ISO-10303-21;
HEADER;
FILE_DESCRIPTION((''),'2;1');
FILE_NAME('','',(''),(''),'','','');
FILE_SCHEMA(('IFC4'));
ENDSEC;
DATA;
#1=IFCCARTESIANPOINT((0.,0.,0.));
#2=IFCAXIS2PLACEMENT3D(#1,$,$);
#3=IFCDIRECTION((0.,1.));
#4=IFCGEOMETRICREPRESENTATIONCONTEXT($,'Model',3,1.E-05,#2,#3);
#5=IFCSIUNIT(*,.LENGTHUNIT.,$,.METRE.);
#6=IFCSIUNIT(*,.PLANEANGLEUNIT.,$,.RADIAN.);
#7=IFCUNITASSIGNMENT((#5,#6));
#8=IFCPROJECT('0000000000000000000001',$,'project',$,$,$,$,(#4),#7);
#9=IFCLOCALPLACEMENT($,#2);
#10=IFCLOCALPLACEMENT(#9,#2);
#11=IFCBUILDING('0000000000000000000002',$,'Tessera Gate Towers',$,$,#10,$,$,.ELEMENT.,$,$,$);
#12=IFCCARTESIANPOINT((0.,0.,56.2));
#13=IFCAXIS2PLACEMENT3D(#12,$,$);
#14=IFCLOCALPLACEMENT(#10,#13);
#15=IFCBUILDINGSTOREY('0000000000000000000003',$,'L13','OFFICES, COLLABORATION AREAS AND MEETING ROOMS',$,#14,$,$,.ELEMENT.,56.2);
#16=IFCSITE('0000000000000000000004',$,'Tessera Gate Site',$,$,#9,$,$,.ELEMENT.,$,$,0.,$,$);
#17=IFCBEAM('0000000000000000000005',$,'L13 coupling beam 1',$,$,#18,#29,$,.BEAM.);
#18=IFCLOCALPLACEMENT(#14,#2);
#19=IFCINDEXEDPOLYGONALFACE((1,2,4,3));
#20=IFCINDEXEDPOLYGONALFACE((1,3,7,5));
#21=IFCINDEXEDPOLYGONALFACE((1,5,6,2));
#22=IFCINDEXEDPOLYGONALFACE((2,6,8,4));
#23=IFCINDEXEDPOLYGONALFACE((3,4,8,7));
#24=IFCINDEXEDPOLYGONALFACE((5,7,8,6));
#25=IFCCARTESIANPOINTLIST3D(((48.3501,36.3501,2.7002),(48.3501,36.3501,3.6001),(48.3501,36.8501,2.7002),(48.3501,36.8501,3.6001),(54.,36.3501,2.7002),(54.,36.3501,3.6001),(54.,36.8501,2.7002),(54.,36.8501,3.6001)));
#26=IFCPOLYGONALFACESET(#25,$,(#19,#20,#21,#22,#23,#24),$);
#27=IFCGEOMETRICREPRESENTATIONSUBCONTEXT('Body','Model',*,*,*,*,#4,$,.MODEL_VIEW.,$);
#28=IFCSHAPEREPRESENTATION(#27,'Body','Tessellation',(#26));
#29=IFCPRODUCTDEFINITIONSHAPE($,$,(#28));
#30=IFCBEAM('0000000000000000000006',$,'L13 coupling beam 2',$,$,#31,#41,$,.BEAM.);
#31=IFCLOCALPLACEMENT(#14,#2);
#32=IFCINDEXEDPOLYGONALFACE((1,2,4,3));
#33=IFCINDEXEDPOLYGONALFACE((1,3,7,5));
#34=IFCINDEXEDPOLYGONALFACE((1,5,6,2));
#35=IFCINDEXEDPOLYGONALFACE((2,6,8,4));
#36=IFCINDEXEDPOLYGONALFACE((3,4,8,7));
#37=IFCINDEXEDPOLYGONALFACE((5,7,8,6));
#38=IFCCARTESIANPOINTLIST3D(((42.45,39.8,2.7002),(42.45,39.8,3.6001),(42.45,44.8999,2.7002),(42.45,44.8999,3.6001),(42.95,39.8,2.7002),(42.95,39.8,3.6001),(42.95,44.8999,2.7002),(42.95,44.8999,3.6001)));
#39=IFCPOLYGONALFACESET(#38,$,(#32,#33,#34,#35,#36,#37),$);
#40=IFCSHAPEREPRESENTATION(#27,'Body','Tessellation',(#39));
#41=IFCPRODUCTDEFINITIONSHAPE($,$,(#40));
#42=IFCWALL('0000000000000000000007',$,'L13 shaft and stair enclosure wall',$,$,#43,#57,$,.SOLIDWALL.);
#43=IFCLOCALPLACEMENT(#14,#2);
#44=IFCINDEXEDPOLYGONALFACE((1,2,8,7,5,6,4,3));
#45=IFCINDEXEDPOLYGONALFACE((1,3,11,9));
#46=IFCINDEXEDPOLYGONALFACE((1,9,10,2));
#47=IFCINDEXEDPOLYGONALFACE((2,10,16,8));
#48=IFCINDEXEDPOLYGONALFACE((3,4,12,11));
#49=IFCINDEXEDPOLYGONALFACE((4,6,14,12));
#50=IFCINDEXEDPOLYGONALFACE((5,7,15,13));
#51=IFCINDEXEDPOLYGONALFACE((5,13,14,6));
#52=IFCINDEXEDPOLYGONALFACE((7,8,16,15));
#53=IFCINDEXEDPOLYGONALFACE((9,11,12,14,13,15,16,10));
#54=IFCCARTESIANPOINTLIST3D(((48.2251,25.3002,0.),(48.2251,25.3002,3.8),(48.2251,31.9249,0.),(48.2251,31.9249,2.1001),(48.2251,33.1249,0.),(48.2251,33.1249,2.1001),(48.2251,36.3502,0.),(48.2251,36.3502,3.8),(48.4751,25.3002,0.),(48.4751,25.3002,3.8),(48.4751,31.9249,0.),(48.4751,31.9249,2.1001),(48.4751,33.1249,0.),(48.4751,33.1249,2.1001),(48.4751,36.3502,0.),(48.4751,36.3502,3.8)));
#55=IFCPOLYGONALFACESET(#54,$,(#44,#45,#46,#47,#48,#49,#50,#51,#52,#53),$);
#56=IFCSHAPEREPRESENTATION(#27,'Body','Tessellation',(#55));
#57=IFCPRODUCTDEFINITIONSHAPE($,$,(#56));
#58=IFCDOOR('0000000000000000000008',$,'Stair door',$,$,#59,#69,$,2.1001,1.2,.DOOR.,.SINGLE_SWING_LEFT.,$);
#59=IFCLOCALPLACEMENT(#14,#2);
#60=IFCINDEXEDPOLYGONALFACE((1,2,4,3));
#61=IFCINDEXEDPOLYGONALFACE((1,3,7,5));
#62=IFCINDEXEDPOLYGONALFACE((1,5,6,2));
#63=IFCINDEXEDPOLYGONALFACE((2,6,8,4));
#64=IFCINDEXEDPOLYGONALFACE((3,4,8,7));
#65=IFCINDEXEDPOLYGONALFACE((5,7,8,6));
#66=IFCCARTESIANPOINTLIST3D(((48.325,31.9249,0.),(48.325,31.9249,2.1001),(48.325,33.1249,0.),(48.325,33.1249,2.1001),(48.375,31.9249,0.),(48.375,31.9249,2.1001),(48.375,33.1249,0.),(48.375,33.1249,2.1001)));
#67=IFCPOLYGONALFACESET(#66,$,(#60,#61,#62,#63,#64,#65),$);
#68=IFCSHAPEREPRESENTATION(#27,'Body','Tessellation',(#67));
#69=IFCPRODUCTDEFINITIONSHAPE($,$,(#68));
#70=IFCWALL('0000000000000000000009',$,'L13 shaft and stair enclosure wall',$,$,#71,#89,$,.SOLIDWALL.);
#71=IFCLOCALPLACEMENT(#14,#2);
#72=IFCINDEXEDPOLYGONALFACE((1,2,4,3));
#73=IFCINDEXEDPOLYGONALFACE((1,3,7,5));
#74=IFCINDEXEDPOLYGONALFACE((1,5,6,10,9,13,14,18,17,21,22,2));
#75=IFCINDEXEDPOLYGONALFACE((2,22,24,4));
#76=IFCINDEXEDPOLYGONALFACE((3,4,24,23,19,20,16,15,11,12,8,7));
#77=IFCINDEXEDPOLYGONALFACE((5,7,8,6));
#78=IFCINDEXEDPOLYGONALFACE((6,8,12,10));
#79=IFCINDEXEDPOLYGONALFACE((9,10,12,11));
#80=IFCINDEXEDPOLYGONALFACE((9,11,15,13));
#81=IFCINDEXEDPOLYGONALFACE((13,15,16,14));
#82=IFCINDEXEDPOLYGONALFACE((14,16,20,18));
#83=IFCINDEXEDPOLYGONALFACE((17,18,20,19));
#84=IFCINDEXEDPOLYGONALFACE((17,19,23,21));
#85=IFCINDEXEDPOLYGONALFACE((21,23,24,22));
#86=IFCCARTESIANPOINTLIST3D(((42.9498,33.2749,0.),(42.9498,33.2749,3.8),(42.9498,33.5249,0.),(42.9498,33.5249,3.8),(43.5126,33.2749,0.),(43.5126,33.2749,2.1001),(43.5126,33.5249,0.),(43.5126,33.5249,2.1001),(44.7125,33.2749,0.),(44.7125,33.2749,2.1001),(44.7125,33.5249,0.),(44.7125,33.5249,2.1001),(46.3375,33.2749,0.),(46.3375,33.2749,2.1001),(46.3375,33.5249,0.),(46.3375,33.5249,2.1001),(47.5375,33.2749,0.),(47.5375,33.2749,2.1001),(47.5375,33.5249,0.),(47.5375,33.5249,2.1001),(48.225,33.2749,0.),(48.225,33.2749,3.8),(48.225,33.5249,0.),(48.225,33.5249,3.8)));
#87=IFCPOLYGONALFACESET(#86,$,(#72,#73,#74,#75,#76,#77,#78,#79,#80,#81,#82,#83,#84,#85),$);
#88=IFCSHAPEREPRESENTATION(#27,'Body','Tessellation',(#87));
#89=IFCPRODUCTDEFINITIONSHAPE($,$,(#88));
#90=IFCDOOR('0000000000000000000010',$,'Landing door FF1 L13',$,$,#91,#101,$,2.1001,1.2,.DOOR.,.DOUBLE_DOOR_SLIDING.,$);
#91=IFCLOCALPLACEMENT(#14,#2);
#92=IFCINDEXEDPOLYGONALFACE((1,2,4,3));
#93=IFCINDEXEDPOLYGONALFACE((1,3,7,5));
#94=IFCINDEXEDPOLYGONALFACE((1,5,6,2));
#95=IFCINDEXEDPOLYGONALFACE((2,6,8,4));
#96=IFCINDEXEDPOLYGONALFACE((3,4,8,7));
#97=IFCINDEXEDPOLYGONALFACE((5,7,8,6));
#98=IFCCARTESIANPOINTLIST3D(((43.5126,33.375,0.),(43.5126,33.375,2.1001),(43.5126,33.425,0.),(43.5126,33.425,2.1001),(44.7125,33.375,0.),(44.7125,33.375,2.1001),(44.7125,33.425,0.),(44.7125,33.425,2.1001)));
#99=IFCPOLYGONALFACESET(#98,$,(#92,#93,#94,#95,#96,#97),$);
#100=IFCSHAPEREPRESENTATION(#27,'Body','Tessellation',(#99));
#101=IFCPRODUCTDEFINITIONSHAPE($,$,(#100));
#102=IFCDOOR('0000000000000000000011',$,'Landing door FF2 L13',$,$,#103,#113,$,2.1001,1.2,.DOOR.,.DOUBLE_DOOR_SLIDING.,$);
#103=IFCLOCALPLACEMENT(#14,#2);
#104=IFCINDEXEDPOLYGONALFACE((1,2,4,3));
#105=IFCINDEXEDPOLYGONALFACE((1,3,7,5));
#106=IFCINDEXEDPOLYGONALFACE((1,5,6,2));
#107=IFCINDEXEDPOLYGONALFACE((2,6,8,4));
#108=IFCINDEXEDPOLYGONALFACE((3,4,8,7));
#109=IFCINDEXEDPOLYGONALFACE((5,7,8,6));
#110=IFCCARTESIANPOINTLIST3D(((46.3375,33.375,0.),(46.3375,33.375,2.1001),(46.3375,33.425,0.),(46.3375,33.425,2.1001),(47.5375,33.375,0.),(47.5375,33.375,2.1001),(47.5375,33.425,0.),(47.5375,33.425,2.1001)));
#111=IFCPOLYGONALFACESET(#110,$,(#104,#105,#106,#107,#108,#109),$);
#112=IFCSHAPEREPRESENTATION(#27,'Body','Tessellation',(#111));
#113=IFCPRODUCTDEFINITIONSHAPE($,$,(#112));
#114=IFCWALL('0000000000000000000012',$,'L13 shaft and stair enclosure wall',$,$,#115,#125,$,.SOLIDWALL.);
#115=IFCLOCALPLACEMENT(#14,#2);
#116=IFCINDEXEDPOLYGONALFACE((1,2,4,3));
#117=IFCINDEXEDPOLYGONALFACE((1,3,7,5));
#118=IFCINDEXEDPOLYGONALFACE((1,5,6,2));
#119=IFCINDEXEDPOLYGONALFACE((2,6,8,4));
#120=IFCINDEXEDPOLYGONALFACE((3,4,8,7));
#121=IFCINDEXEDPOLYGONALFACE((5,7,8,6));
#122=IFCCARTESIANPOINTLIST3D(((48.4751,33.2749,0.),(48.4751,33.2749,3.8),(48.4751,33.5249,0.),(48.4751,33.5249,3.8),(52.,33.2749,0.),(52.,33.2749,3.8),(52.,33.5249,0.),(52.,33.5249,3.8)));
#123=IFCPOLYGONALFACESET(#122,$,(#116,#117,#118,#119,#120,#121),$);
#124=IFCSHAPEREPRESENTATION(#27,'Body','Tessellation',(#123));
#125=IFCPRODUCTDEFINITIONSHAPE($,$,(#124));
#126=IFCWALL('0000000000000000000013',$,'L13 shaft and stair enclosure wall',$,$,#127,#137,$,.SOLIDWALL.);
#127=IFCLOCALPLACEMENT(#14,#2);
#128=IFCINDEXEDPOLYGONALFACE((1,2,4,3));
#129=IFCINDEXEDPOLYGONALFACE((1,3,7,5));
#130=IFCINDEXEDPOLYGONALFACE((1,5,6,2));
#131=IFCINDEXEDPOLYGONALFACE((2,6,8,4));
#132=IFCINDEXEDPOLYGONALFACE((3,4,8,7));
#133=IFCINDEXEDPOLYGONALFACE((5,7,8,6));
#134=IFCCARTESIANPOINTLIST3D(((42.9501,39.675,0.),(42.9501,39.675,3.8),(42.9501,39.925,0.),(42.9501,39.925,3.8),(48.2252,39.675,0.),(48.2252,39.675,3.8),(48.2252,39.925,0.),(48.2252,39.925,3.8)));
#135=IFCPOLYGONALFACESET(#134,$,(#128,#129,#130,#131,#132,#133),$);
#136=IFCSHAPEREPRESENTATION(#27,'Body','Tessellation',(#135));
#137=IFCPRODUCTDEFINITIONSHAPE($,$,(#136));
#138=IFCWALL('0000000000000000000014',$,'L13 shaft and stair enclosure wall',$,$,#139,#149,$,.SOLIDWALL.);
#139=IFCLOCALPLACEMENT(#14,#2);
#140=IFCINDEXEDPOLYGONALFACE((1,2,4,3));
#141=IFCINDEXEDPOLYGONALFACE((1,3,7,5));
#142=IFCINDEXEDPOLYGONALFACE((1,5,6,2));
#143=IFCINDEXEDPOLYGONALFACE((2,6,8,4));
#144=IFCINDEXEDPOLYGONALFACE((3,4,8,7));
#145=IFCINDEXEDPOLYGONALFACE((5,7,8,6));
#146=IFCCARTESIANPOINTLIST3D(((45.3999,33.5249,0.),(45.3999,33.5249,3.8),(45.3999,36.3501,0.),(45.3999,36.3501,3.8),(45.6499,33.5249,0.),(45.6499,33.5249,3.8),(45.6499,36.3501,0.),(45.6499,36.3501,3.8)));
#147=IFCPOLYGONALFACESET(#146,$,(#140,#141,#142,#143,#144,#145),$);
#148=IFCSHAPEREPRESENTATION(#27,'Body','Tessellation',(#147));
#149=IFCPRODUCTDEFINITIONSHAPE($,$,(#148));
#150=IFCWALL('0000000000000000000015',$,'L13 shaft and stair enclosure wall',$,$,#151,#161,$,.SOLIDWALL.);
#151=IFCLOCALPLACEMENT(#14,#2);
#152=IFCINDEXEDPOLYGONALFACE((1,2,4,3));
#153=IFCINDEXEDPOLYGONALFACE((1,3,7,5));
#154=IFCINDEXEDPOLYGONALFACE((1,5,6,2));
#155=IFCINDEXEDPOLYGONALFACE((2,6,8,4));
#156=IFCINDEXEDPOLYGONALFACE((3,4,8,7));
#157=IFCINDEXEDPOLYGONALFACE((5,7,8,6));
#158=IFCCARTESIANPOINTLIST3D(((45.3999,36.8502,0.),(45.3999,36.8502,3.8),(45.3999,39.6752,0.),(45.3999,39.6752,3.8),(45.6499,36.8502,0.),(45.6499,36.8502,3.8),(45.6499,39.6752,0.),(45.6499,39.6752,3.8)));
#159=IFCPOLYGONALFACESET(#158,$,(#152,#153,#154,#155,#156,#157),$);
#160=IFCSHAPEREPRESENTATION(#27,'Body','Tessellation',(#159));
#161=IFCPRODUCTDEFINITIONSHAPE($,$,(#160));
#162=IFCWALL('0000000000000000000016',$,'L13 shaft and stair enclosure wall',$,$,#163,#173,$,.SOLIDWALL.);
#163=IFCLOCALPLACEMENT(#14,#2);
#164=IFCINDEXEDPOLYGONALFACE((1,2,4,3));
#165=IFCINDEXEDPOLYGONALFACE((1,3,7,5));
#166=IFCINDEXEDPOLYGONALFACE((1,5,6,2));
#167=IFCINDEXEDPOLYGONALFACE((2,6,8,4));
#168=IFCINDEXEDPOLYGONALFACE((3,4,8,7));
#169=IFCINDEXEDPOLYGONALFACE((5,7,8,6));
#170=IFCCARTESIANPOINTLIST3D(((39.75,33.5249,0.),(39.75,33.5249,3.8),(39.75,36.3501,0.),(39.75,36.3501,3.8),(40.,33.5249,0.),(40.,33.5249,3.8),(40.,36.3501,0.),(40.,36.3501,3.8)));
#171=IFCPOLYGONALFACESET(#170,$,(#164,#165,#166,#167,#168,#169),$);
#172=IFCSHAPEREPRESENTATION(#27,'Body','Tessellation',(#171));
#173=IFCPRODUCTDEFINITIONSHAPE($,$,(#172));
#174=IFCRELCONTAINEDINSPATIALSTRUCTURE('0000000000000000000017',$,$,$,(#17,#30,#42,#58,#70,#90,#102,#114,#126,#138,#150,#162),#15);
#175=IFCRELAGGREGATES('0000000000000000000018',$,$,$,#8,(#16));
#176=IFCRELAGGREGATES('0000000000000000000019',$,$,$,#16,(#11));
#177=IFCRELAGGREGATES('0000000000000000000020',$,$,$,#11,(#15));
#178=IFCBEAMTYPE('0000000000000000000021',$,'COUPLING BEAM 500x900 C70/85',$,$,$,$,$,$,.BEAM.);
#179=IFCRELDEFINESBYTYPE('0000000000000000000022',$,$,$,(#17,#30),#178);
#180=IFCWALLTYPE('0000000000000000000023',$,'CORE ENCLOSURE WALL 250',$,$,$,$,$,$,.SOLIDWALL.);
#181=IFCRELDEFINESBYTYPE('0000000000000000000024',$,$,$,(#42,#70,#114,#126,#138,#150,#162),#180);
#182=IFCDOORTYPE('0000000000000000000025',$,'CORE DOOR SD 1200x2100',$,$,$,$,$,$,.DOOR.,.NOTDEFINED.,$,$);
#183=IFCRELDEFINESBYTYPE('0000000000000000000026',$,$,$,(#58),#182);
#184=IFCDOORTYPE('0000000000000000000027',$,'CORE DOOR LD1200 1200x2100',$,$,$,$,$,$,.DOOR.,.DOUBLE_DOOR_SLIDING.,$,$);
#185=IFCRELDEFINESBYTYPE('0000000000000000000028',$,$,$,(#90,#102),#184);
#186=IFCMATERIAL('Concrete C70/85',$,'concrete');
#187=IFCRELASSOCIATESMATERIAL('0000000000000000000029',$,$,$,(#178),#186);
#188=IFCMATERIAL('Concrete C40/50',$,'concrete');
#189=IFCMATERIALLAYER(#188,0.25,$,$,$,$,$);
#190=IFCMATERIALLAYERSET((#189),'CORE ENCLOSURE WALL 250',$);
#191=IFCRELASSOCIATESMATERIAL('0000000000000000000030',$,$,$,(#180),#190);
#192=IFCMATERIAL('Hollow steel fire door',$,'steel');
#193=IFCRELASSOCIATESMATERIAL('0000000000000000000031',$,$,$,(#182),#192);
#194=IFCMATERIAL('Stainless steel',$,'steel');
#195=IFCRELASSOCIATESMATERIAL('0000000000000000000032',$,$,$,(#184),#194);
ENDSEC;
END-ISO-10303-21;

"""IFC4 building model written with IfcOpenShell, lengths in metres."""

from ifc_helpers import new_model, si_unit, direction, frame, frame_2d, origin, origin_2d, place, context, subcontext, project, spatial, rectangle, extrude, source, transform, mapped, material, layer, layer_set, material_profile, profile_set, type_object, element, fill, save


model = new_model("IFC4")

# Units and contexts
model_context = context("Model", 3, precision=1e-05, world=origin(), true_north=direction((0.0, 1.0)))
body_context = subcontext(model_context, "Body", "Model", "MODEL_VIEW")
ifc_project = project(units=[si_unit("LENGTHUNIT", "METRE"), si_unit("PLANEANGLEUNIT", "RADIAN")], contexts=[model_context])

# Site, building, storey
site_placement = place(None, origin())
site = spatial("IfcSite", under=ifc_project, at=site_placement, Name="Tessera Gate Site", CompositionType="ELEMENT", RefElevation=0.0)
building_placement = place(site_placement, origin())
building = spatial("IfcBuilding", under=site, at=building_placement, Name="Tessera Gate Towers", CompositionType="ELEMENT")
storey_placement = place(building_placement, frame((0.0, 0.0, 56.2)))
storey = spatial("IfcBuildingStorey", under=building, at=storey_placement, Name="L13", Description="OFFICES, COLLABORATION AREAS AND MEETING ROOMS", CompositionType="ELEMENT", Elevation=56.2)

# Beams
ifc_material_1 = material(Name="Concrete C70/85", Category="concrete")
ifc_material_profile = material_profile(ifc_material_1, rectangle(XDim=0.5, YDim=0.8999, at=origin_2d()), Name="RC 500x900")
ifc_profile_set = profile_set([ifc_material_profile], Name="Concrete C70/85")
beam_type = type_object("IfcBeamType", Name="COUPLING BEAM 500x900 C70/85", PredefinedType="BEAM", material=ifc_profile_set)
beam_1_placement = place(storey_placement, frame((48.3501, 36.6001, 3.1501), z_axis=(1.0, 0.0, 0.0), x_axis=(0.0, 1.0, 0.0)))
element("IfcBeam", 1, at=beam_1_placement, inside=storey, type_object=beam_type, Name="L13 coupling beam 1", PredefinedType="BEAM", context=body_context, shape_type="SweptSolid", body=[
    extrude(rectangle(XDim=0.5, YDim=0.8999, at=origin_2d()), origin(), (0.0, 0.0, 1.0), 5.6499),
])
beam_2_placement = place(storey_placement, frame((42.7, 39.8, 3.1501), z_axis=(0.0, 1.0, 0.0), x_axis=(-1.0, 0.0, 0.0)))
element("IfcBeam", 2, at=beam_2_placement, inside=storey, type_object=beam_type, Name="L13 coupling beam 2", PredefinedType="BEAM", context=body_context, shape_type="SweptSolid", body=[
    extrude(rectangle(XDim=0.5, YDim=0.8999, at=origin_2d()), origin(), (0.0, 0.0, 1.0), 5.0999),
])

# Wall, opening, door
ifc_material_2 = material(Name="Concrete C40/50", Category="concrete")
ifc_layer_1 = layer(ifc_material_2, 0.25)
ifc_layer_set_1 = layer_set([ifc_layer_1], Name="CORE ENCLOSURE WALL 250")
wall_type_1 = type_object("IfcWallType", Name="CORE ENCLOSURE WALL 250", PredefinedType="SOLIDWALL", material=ifc_layer_set_1)
wall_1_placement = place(storey_placement, frame((48.3501, 36.3501, 0.0), z_axis=(0.0, 0.0, 1.0), x_axis=(0.0, -1.0, 0.0)))
wall_1 = element("IfcWall", 3, at=wall_1_placement, inside=storey, type_object=wall_type_1, Name="L13 shaft and stair enclosure wall", PredefinedType="SOLIDWALL", context=body_context, shape_type="SweptSolid", body=[
    extrude(rectangle(XDim=11.05, YDim=0.25, at=frame_2d((5.5249, 0.0))), origin(), (0.0, 0.0, 1.0), 3.8),
])
shared_shape_1 = source(origin(), body_context, "Body", "SweptSolid", [
    extrude(rectangle(XDim=1.2, YDim=2.1001, at=frame_2d((0.6001, 1.05))), frame((0.0, 0.135, 0.0), z_axis=(0.0, -1.0, 0.0), x_axis=(1.0, 0.0, 0.0)), (0.0, 0.0, 1.0), 0.27),
])
opening_1_placement = place(wall_1_placement, frame((3.2251, 0.0, 0.0)))
opening_1 = element("IfcOpeningElement", 4, at=opening_1_placement, cuts=wall_1, PredefinedType="OPENING", context=body_context, shape_type="MappedRepresentation", body=[
    mapped(shared_shape_1, transform((0.0, 0.0, 0.0), scale=1.0)),
])
ifc_material_3 = material(Name="Hollow steel fire door", Category="steel")
door_type_1 = type_object("IfcDoorType", Name="CORE DOOR SD 1200x2100", OperationType="NOTDEFINED", PredefinedType="DOOR", material=ifc_material_3)
shared_shape_2 = source(origin(), body_context, "Body", "SweptSolid", [
    extrude(rectangle(XDim=1.2, YDim=2.1001, at=frame_2d((0.6001, 1.05))), frame((0.0, 0.0249, 0.0), z_axis=(0.0, -1.0, 0.0), x_axis=(1.0, 0.0, 0.0)), (0.0, 0.0, 1.0), 0.05),
])
door_1_placement = place(opening_1_placement, origin())
door_1 = element("IfcDoor", 5, at=door_1_placement, inside=storey, type_object=door_type_1, Name="Stair door", OperationType="SINGLE_SWING_LEFT", OverallHeight=2.1001, OverallWidth=1.2, PredefinedType="DOOR", context=body_context, shape_type="MappedRepresentation", body=[
    mapped(shared_shape_2, transform((0.0, 0.0, 0.0), scale=1.0)),
])
fill(opening_1, door_1)

# Wall, openings, doors
wall_2_placement = place(storey_placement, frame((48.2251, 33.3999, 0.0), z_axis=(0.0, 0.0, 1.0), x_axis=(-1.0, 0.0, 0.0)))
wall_2 = element("IfcWall", 6, at=wall_2_placement, inside=storey, type_object=wall_type_1, Name="L13 shaft and stair enclosure wall", PredefinedType="SOLIDWALL", context=body_context, shape_type="SweptSolid", body=[
    extrude(rectangle(XDim=5.2751, YDim=0.25, at=frame_2d((2.6377, 0.0))), origin(), (0.0, 0.0, 1.0), 3.8),
])
opening_2_placement = place(wall_2_placement, frame((3.5125, 0.0, 0.0)))
opening_2 = element("IfcOpeningElement", 7, at=opening_2_placement, cuts=wall_2, PredefinedType="OPENING", context=body_context, shape_type="MappedRepresentation", body=[
    mapped(shared_shape_1, transform((0.0, 0.0, 0.0), scale=1.0)),
])
opening_3_placement = place(wall_2_placement, frame((0.6875, 0.0, 0.0)))
opening_3 = element("IfcOpeningElement", 8, at=opening_3_placement, cuts=wall_2, PredefinedType="OPENING", context=body_context, shape_type="MappedRepresentation", body=[
    mapped(shared_shape_1, transform((0.0, 0.0, 0.0), scale=1.0)),
])
ifc_material_4 = material(Name="Stainless steel", Category="steel")
door_type_2 = type_object("IfcDoorType", Name="CORE DOOR LD1200 1200x2100", OperationType="DOUBLE_DOOR_SLIDING", PredefinedType="DOOR", material=ifc_material_4)
door_2_placement = place(opening_2_placement, origin())
door_2 = element("IfcDoor", 9, at=door_2_placement, inside=storey, type_object=door_type_2, Name="Landing door FF1 L13", OperationType="DOUBLE_DOOR_SLIDING", OverallHeight=2.1001, OverallWidth=1.2, PredefinedType="DOOR", context=body_context, shape_type="MappedRepresentation", body=[
    mapped(shared_shape_2, transform((0.0, 0.0, 0.0), scale=1.0)),
])
fill(opening_2, door_2)
door_3_placement = place(opening_3_placement, origin())
door_3 = element("IfcDoor", 10, at=door_3_placement, inside=storey, type_object=door_type_2, Name="Landing door FF2 L13", OperationType="DOUBLE_DOOR_SLIDING", OverallHeight=2.1001, OverallWidth=1.2, PredefinedType="DOOR", context=body_context, shape_type="MappedRepresentation", body=[
    mapped(shared_shape_2, transform((0.0, 0.0, 0.0), scale=1.0)),
])
fill(opening_3, door_3)

# Walls
wall_3_placement = place(storey_placement, frame((48.4751, 33.3999, 0.0), z_axis=(0.0, 0.0, 1.0), x_axis=(1.0, 0.0, 0.0)))
element("IfcWall", 11, at=wall_3_placement, inside=storey, type_object=wall_type_1, Name="L13 shaft and stair enclosure wall", PredefinedType="SOLIDWALL", context=body_context, shape_type="SweptSolid", body=[
    extrude(rectangle(XDim=3.5249, YDim=0.25, at=frame_2d((1.7625, 0.0))), origin(), (0.0, 0.0, 1.0), 3.8),
])
wall_4_placement = place(storey_placement, frame((42.95, 39.8, 0.0), z_axis=(0.0, 0.0, 1.0), x_axis=(1.0, 0.0, 0.0)))
element("IfcWall", 12, at=wall_4_placement, inside=storey, type_object=wall_type_1, Name="L13 shaft and stair enclosure wall", PredefinedType="SOLIDWALL", context=body_context, shape_type="SweptSolid", body=[
    extrude(rectangle(XDim=5.2751, YDim=0.25, at=frame_2d((2.6377, 0.0))), origin(), (0.0, 0.0, 1.0), 3.8),
])
wall_5_placement = place(storey_placement, frame((45.5249, 33.5249, 0.0), z_axis=(0.0, 0.0, 1.0), x_axis=(0.0, 1.0, 0.0)))
element("IfcWall", 13, at=wall_5_placement, inside=storey, type_object=wall_type_1, Name="L13 shaft and stair enclosure wall", PredefinedType="SOLIDWALL", context=body_context, shape_type="SweptSolid", body=[
    extrude(rectangle(XDim=2.8252, YDim=0.25, at=frame_2d((1.4126, 0.0))), origin(), (0.0, 0.0, 1.0), 3.8),
])
wall_6_placement = place(storey_placement, frame((45.5249, 36.8501, 0.0), z_axis=(0.0, 0.0, 1.0), x_axis=(0.0, 1.0, 0.0)))
element("IfcWall", 14, at=wall_6_placement, inside=storey, type_object=wall_type_1, Name="L13 shaft and stair enclosure wall", PredefinedType="SOLIDWALL", context=body_context, shape_type="SweptSolid", body=[
    extrude(rectangle(XDim=2.825, YDim=0.25, at=frame_2d((1.4126, 0.0))), origin(), (0.0, 0.0, 1.0), 3.8),
])
wall_7_placement = place(storey_placement, frame((39.875, 33.5249, 0.0), z_axis=(0.0, 0.0, 1.0), x_axis=(0.0, 1.0, 0.0)))
element("IfcWall", 15, at=wall_7_placement, inside=storey, type_object=wall_type_1, Name="L13 shaft and stair enclosure wall", PredefinedType="SOLIDWALL", context=body_context, shape_type="SweptSolid", body=[
    extrude(rectangle(XDim=2.8252, YDim=0.25, at=frame_2d((1.4126, 0.0))), origin(), (0.0, 0.0, 1.0), 3.8),
])

save(model, "model.ifc")
